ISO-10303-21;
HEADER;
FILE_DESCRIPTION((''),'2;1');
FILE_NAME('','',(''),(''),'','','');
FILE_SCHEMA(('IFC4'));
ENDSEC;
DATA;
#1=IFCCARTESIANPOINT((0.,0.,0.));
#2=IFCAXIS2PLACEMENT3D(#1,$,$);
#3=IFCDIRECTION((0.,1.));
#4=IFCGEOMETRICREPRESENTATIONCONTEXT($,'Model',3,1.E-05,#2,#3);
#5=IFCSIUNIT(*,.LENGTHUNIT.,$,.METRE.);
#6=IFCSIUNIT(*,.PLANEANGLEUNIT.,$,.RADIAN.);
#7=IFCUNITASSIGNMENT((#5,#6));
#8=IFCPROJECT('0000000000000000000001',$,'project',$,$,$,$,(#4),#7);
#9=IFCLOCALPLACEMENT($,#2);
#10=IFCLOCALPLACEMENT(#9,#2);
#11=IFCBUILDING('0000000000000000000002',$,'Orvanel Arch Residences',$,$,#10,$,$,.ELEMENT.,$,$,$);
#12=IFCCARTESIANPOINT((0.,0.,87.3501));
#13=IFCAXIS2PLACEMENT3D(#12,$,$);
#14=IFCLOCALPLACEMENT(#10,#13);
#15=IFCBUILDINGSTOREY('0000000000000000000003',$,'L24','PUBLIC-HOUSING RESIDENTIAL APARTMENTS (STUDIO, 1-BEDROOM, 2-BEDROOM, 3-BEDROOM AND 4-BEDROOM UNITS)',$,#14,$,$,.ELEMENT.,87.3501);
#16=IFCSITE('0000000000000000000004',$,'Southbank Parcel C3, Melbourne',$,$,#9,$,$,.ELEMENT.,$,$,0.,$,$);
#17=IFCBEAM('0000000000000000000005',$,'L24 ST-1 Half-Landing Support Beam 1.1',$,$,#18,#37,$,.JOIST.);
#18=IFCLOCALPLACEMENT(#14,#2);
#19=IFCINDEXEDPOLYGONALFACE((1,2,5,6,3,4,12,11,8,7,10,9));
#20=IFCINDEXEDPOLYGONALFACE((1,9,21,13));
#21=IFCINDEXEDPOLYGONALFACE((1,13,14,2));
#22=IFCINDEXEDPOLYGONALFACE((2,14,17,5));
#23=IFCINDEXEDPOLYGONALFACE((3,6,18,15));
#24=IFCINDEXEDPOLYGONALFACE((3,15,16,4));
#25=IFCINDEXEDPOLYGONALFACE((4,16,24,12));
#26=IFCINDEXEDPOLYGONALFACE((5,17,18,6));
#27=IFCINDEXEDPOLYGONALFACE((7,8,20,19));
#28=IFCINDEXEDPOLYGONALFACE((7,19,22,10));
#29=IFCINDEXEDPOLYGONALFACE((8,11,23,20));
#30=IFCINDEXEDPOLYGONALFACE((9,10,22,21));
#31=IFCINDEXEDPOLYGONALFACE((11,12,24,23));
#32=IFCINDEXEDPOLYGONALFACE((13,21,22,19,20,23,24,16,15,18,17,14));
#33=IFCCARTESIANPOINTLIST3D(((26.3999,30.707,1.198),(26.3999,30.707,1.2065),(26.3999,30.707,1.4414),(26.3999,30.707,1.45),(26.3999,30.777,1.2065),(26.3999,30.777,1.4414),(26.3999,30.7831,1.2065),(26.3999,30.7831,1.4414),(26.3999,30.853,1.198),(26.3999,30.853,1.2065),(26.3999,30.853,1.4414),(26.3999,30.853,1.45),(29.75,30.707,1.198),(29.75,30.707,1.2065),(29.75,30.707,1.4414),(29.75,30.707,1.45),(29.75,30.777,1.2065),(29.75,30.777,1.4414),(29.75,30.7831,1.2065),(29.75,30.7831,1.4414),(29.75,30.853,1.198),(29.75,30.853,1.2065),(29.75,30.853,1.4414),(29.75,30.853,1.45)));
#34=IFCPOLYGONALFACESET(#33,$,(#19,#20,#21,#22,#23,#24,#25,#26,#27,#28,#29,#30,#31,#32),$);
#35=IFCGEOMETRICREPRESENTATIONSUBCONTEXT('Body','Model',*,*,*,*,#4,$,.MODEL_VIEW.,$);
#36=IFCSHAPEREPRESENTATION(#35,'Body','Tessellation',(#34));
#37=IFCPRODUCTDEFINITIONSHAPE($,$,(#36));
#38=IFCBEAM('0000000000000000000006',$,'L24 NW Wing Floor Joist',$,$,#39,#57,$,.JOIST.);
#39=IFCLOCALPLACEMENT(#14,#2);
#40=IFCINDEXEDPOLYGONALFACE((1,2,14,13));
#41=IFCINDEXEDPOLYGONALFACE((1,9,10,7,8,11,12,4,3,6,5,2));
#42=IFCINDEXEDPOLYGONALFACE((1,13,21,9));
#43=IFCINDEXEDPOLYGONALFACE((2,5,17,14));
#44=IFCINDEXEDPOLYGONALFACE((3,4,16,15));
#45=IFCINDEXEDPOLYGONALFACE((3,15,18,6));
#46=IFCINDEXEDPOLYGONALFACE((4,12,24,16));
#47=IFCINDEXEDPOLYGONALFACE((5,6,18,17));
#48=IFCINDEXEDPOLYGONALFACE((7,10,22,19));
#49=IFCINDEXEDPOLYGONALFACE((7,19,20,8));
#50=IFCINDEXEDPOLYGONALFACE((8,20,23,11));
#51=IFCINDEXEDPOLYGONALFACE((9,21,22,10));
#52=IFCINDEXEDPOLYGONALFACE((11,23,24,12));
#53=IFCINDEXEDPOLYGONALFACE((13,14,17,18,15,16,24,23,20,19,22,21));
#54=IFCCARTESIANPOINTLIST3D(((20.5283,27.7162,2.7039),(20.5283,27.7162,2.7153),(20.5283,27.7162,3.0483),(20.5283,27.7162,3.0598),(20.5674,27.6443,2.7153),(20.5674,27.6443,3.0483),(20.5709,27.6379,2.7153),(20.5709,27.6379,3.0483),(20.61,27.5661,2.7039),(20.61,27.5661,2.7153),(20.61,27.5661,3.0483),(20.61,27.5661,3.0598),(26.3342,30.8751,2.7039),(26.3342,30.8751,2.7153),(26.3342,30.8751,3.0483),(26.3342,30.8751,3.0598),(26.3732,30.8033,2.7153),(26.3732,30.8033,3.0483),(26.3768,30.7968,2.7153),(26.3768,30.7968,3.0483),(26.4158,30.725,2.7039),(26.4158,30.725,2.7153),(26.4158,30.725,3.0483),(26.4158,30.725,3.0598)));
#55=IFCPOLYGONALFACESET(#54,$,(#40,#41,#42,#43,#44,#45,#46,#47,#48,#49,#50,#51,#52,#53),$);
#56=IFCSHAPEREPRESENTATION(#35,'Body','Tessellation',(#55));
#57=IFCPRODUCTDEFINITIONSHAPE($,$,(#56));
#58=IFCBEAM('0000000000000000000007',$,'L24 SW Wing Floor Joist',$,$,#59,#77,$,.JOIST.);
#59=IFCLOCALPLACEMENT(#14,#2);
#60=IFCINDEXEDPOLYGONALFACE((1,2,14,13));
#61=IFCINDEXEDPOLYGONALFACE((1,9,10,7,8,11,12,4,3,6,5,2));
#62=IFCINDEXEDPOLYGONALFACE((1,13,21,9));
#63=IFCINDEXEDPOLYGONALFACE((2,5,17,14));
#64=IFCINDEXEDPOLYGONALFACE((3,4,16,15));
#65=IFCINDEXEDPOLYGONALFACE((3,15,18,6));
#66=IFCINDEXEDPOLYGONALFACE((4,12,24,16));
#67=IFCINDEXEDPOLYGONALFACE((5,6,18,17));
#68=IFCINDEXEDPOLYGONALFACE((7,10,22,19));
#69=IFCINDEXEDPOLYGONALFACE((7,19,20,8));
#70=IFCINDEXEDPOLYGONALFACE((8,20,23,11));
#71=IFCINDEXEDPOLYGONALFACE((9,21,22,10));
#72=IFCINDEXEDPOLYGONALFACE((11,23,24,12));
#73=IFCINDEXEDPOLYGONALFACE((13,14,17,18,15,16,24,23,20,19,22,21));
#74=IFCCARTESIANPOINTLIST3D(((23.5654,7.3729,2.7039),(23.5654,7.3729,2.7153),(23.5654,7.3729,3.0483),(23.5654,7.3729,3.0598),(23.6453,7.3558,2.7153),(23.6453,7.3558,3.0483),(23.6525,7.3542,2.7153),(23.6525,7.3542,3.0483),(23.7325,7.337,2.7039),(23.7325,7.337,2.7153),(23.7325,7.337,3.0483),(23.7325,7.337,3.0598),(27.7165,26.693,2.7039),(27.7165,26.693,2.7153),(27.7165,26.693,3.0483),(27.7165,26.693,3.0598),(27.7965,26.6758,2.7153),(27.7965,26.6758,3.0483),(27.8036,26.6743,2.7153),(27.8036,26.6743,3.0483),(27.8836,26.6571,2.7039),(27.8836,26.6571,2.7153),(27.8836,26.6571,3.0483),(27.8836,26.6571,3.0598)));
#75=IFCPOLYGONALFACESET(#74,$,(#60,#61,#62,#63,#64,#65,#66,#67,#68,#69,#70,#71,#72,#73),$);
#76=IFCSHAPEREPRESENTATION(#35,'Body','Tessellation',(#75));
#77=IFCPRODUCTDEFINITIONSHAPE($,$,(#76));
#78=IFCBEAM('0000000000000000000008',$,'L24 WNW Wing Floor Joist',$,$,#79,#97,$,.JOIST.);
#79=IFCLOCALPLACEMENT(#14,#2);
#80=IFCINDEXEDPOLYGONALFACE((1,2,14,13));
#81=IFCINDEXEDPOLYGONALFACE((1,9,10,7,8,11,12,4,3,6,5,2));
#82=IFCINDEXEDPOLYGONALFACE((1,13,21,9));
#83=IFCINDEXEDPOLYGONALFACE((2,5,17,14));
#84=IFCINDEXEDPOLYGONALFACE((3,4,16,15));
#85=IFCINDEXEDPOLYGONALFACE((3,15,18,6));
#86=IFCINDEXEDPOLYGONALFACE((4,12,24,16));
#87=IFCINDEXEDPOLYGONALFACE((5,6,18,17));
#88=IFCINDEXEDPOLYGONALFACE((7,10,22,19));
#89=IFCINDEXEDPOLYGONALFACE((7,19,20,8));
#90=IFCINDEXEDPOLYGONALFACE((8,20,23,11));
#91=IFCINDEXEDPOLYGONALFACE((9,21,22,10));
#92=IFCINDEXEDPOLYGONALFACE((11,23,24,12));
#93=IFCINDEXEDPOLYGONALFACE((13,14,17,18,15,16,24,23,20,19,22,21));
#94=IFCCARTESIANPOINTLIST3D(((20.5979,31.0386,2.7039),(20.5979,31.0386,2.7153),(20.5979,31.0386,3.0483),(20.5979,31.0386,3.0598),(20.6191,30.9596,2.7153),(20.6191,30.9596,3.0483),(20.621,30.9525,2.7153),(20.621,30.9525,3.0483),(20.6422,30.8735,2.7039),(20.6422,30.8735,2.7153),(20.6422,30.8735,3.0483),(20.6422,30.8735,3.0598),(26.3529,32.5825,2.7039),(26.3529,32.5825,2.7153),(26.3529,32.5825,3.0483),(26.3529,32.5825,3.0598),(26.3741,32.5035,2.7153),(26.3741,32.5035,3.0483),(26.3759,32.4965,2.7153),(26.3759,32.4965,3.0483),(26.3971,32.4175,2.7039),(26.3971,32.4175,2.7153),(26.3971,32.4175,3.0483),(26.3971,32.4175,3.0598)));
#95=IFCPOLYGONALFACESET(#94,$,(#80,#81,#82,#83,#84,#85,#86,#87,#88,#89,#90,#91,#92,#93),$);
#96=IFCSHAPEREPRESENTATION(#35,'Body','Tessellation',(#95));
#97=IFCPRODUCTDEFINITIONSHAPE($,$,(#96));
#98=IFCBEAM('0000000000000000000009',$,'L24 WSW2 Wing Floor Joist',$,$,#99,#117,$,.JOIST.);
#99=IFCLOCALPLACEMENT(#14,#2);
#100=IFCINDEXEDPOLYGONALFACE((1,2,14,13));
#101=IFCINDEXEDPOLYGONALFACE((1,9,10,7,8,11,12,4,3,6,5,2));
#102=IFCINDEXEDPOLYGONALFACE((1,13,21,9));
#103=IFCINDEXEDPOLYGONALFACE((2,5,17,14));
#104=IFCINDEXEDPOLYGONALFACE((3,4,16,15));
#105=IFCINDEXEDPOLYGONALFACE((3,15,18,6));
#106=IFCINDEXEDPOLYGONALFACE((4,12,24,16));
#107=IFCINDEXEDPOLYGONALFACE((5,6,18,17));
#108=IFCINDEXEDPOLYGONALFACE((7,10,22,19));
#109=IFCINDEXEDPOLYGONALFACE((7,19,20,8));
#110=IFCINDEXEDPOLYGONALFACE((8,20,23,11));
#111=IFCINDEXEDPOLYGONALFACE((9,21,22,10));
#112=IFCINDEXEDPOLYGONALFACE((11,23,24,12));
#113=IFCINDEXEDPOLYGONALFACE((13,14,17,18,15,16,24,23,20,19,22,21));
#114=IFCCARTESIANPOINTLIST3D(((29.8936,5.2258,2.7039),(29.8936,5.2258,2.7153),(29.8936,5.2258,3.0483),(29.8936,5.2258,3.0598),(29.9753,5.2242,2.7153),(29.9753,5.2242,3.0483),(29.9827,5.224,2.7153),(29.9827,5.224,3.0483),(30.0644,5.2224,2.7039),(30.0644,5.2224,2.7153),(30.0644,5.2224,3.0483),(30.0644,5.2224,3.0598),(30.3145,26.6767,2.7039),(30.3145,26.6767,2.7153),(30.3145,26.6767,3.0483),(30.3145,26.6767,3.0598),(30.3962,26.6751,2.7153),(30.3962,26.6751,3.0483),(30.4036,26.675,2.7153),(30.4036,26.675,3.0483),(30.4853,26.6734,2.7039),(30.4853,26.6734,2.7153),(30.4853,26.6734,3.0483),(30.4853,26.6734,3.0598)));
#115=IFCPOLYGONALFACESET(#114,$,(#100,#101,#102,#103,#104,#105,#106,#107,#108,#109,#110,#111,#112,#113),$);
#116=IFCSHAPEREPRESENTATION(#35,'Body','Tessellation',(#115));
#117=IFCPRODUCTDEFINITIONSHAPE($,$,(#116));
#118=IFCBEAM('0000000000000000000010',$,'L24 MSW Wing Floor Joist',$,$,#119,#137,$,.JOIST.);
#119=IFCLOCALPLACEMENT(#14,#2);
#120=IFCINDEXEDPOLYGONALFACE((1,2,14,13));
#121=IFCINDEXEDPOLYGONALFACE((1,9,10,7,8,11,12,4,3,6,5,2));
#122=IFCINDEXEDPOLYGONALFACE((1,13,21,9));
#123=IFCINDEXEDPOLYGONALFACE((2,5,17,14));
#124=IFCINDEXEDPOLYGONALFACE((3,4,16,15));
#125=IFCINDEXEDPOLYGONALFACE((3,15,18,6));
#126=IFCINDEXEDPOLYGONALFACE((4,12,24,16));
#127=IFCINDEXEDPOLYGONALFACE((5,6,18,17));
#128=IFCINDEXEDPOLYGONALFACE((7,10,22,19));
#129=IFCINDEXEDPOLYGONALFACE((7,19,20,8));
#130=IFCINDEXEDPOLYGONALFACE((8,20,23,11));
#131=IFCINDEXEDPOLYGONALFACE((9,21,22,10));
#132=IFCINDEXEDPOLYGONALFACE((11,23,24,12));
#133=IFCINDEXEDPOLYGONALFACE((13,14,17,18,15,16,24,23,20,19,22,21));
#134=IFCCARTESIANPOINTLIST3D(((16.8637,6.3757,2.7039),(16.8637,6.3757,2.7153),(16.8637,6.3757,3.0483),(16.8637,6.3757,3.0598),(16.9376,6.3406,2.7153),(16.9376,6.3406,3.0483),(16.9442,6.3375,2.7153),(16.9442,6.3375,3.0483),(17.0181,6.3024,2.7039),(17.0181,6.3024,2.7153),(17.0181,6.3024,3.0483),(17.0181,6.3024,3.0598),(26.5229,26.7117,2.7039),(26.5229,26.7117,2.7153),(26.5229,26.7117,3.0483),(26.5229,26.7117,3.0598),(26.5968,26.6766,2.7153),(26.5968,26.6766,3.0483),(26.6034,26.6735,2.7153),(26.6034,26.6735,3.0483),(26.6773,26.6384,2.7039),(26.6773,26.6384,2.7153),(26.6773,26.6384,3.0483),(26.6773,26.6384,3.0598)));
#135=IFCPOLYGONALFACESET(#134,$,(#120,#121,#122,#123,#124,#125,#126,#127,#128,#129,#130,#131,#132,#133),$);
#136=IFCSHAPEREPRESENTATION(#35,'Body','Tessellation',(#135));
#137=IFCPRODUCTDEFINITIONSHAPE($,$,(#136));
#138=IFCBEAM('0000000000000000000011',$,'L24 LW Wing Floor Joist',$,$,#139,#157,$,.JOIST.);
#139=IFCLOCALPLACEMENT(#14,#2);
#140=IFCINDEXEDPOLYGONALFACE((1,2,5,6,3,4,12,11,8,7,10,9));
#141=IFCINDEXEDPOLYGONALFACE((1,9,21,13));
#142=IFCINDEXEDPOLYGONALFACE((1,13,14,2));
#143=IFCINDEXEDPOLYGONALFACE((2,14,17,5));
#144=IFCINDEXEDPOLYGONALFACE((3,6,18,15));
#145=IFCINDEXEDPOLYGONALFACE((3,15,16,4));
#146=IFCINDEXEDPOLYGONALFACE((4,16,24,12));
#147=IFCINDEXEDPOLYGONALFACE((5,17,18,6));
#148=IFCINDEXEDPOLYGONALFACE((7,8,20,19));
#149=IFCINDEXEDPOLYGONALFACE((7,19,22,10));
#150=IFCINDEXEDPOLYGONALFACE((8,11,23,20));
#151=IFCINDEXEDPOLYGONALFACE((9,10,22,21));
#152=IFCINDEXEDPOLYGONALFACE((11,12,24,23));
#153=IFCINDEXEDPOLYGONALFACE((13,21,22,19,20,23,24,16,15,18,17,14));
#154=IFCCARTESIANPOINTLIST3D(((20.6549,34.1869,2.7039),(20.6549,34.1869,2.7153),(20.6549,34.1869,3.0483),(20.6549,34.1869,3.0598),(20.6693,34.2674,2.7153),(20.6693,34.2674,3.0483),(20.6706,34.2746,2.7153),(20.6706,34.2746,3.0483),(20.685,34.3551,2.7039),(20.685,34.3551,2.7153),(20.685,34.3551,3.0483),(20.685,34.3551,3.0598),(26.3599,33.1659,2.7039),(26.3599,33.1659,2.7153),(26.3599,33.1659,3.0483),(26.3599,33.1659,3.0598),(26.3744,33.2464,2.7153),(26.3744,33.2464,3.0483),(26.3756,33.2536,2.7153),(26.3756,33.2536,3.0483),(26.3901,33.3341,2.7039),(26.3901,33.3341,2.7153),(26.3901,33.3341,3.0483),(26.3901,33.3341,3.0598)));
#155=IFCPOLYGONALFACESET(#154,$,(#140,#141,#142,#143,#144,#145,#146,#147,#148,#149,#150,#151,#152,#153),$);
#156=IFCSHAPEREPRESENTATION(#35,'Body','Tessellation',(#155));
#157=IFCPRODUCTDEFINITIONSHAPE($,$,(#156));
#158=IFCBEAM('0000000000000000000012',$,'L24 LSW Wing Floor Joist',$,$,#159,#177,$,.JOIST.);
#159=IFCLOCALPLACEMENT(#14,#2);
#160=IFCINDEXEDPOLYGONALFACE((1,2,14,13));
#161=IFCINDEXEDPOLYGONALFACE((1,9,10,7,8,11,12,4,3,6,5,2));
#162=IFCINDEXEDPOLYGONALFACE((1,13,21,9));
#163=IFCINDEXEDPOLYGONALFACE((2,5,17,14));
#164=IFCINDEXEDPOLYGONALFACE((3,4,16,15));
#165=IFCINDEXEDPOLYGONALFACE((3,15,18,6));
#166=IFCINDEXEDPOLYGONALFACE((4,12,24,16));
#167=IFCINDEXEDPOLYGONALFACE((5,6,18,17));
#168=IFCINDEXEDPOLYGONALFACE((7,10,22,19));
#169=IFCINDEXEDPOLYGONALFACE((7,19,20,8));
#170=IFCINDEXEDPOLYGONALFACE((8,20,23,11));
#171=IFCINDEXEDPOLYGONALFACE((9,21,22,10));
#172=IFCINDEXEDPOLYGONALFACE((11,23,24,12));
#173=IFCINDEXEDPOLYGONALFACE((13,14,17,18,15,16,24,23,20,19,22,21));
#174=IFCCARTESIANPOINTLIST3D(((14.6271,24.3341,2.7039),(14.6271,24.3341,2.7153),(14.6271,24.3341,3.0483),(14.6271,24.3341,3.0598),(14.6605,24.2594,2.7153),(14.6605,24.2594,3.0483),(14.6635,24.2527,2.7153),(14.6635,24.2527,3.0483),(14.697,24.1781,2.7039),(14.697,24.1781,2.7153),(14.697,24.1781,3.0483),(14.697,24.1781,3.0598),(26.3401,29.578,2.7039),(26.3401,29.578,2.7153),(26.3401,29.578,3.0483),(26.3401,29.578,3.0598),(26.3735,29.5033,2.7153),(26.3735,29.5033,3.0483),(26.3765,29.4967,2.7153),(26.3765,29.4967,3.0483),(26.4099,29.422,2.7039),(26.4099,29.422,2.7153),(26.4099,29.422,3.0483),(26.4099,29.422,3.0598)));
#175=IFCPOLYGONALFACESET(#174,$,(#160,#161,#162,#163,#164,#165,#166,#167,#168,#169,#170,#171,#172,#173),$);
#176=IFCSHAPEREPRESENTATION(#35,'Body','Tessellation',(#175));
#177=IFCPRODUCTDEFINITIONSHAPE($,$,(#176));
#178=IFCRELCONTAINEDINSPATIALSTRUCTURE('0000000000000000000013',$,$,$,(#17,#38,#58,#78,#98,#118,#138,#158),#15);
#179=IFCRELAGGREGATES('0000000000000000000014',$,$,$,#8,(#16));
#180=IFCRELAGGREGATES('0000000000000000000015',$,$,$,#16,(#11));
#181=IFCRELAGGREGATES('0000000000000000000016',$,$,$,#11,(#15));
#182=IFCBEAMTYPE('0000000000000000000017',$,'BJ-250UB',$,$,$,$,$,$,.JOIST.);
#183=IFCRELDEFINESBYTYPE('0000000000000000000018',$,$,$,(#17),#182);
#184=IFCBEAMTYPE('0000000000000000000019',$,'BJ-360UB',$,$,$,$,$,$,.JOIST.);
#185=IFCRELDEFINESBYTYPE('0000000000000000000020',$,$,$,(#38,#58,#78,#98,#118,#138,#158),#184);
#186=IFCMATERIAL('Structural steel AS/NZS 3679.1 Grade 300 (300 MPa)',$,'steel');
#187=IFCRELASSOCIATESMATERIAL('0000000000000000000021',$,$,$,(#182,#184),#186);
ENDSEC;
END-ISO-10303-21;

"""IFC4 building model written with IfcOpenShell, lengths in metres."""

from ifc_helpers import new_model, si_unit, direction, frame, origin, origin_2d, place, context, subcontext, project, spatial, i_section, extrude, material, material_profile, profile_set, type_object, element, save


model = new_model("IFC4")

# Units and contexts
model_context = context("Model", 3, precision=1e-05, world=origin(), true_north=direction((0.0, 1.0)))
body_context = subcontext(model_context, "Body", "Model", "MODEL_VIEW")
ifc_project = project(units=[si_unit("LENGTHUNIT", "METRE"), si_unit("PLANEANGLEUNIT", "RADIAN")], contexts=[model_context])

# Site, building, storey
site_placement = place(None, origin())
site = spatial("IfcSite", under=ifc_project, at=site_placement, Name="Southbank Parcel C3, Melbourne", CompositionType="ELEMENT", RefElevation=0.0)
building_placement = place(site_placement, origin())
building = spatial("IfcBuilding", under=site, at=building_placement, Name="Orvanel Arch Residences", CompositionType="ELEMENT")
storey_placement = place(building_placement, frame((0.0, 0.0, 87.3501)))
storey = spatial("IfcBuildingStorey", under=building, at=storey_placement, Name="L24", Description="PUBLIC-HOUSING RESIDENTIAL APARTMENTS (STUDIO, 1-BEDROOM, 2-BEDROOM, 3-BEDROOM AND 4-BEDROOM UNITS)", CompositionType="ELEMENT", Elevation=87.3501)

# Beams
ifc_material_1 = material(Name="Structural steel AS/NZS 3679.1 Grade 300 (300 MPa)", Category="steel")
ifc_material_profile_1 = material_profile(ifc_material_1, i_section(OverallWidth=0.146, OverallDepth=0.252, WebThickness=0.0061, FlangeThickness=0.0085, at=origin_2d()), Name="250UB31.4")
ifc_profile_set_1 = profile_set([ifc_material_profile_1], Name="Structural steel AS/NZS 3679.1 Grade 300 (300 MPa)")
beam_type_1 = type_object("IfcBeamType", Name="BJ-250UB", PredefinedType="JOIST", material=ifc_profile_set_1)
beam_1_placement = place(storey_placement, frame((26.3999, 30.78, 1.324), z_axis=(1.0, 0.0, 0.0), x_axis=(0.0, 1.0, 0.0)))
element("IfcBeam", 1, at=beam_1_placement, inside=storey, type_object=beam_type_1, Name="L24 ST-1 Half-Landing Support Beam 1.1", PredefinedType="JOIST", context=body_context, shape_type="SweptSolid", body=[
    extrude(i_section(OverallWidth=0.146, OverallDepth=0.252, WebThickness=0.0061, FlangeThickness=0.0085, at=origin_2d()), origin(), (0.0, 0.0, 1.0), 3.3501),
])
ifc_material_profile_2 = material_profile(ifc_material_1, i_section(OverallWidth=0.1709, OverallDepth=0.356, WebThickness=0.0073, FlangeThickness=0.0115, at=origin_2d()), Name="360UB50.7")
ifc_profile_set_2 = profile_set([ifc_material_profile_2], Name="Structural steel AS/NZS 3679.1 Grade 300 (300 MPa)")
beam_type_2 = type_object("IfcBeamType", Name="BJ-360UB", PredefinedType="JOIST", material=ifc_profile_set_2)
beam_2_placement = place(storey_placement, frame((26.375, 30.8, 2.8818), z_axis=(-0.878399, -0.477928, 0.0), x_axis=(0.477928, -0.878399, 0.0)))
element("IfcBeam", 2, at=beam_2_placement, inside=storey, type_object=beam_type_2, Name="L24 NW Wing Floor Joist", PredefinedType="JOIST", context=body_context, shape_type="SweptSolid", body=[
    extrude(i_section(OverallWidth=0.1709, OverallDepth=0.356, WebThickness=0.0073, FlangeThickness=0.0115, at=origin_2d()), origin(), (0.0, 0.0, 1.0), 6.6096),
])
beam_3_placement = place(storey_placement, frame((27.8, 26.675, 2.8818), z_axis=(-0.210067, -0.977687, 0.0), x_axis=(0.977687, -0.210067, 0.0)))
element("IfcBeam", 3, at=beam_3_placement, inside=storey, type_object=beam_type_2, Name="L24 SW Wing Floor Joist", PredefinedType="JOIST", context=body_context, shape_type="SweptSolid", body=[
    extrude(i_section(OverallWidth=0.1709, OverallDepth=0.356, WebThickness=0.0073, FlangeThickness=0.0115, at=origin_2d()), origin(), (0.0, 0.0, 1.0), 19.761),
])
beam_4_placement = place(storey_placement, frame((26.375, 32.5, 2.8818), z_axis=(-0.965845, -0.259121, 0.0), x_axis=(0.259121, -0.965845, 0.0)))
element("IfcBeam", 4, at=beam_4_placement, inside=storey, type_object=beam_type_2, Name="L24 WNW Wing Floor Joist", PredefinedType="JOIST", context=body_context, shape_type="SweptSolid", body=[
    extrude(i_section(OverallWidth=0.1709, OverallDepth=0.356, WebThickness=0.0073, FlangeThickness=0.0115, at=origin_2d()), origin(), (0.0, 0.0, 1.0), 5.9585),
])
beam_5_placement = place(storey_placement, frame((30.3999, 26.675, 2.8818), z_axis=(-0.019618, -0.999808, 0.0), x_axis=(0.999808, -0.019618, 0.0)))
element("IfcBeam", 5, at=beam_5_placement, inside=storey, type_object=beam_type_2, Name="L24 WSW2 Wing Floor Joist", PredefinedType="JOIST", context=body_context, shape_type="SweptSolid", body=[
    extrude(i_section(OverallWidth=0.1709, OverallDepth=0.356, WebThickness=0.0073, FlangeThickness=0.0115, at=origin_2d()), origin(), (0.0, 0.0, 1.0), 21.4551),
])
beam_6_placement = place(storey_placement, frame((26.6001, 26.675, 2.8818), z_axis=(-0.429043, -0.903284, 0.0), x_axis=(0.903284, -0.429043, 0.0)))
element("IfcBeam", 6, at=beam_6_placement, inside=storey, type_object=beam_type_2, Name="L24 MSW Wing Floor Joist", PredefinedType="JOIST", context=body_context, shape_type="SweptSolid", body=[
    extrude(i_section(OverallWidth=0.1709, OverallDepth=0.356, WebThickness=0.0073, FlangeThickness=0.0115, at=origin_2d()), origin(), (0.0, 0.0, 1.0), 22.5134),
])
beam_7_placement = place(storey_placement, frame((26.375, 33.25, 2.8818), z_axis=(-0.984361, 0.176164, 0.0), x_axis=(-0.176164, -0.984361, 0.0)))
element("IfcBeam", 7, at=beam_7_placement, inside=storey, type_object=beam_type_2, Name="L24 LW Wing Floor Joist", PredefinedType="JOIST", context=body_context, shape_type="SweptSolid", body=[
    extrude(i_section(OverallWidth=0.1709, OverallDepth=0.356, WebThickness=0.0073, FlangeThickness=0.0115, at=origin_2d()), origin(), (0.0, 0.0, 1.0), 5.7957),
])
beam_8_placement = place(storey_placement, frame((26.375, 29.5, 2.8818), z_axis=(-0.912704, -0.408621, 0.0), x_axis=(0.408621, -0.912704, 0.0)))
element("IfcBeam", 8, at=beam_8_placement, inside=storey, type_object=beam_type_2, Name="L24 LSW Wing Floor Joist", PredefinedType="JOIST", context=body_context, shape_type="SweptSolid", body=[
    extrude(i_section(OverallWidth=0.1709, OverallDepth=0.356, WebThickness=0.0073, FlangeThickness=0.0115, at=origin_2d()), origin(), (0.0, 0.0, 1.0), 12.8333),
])

save(model, "model.ifc")
